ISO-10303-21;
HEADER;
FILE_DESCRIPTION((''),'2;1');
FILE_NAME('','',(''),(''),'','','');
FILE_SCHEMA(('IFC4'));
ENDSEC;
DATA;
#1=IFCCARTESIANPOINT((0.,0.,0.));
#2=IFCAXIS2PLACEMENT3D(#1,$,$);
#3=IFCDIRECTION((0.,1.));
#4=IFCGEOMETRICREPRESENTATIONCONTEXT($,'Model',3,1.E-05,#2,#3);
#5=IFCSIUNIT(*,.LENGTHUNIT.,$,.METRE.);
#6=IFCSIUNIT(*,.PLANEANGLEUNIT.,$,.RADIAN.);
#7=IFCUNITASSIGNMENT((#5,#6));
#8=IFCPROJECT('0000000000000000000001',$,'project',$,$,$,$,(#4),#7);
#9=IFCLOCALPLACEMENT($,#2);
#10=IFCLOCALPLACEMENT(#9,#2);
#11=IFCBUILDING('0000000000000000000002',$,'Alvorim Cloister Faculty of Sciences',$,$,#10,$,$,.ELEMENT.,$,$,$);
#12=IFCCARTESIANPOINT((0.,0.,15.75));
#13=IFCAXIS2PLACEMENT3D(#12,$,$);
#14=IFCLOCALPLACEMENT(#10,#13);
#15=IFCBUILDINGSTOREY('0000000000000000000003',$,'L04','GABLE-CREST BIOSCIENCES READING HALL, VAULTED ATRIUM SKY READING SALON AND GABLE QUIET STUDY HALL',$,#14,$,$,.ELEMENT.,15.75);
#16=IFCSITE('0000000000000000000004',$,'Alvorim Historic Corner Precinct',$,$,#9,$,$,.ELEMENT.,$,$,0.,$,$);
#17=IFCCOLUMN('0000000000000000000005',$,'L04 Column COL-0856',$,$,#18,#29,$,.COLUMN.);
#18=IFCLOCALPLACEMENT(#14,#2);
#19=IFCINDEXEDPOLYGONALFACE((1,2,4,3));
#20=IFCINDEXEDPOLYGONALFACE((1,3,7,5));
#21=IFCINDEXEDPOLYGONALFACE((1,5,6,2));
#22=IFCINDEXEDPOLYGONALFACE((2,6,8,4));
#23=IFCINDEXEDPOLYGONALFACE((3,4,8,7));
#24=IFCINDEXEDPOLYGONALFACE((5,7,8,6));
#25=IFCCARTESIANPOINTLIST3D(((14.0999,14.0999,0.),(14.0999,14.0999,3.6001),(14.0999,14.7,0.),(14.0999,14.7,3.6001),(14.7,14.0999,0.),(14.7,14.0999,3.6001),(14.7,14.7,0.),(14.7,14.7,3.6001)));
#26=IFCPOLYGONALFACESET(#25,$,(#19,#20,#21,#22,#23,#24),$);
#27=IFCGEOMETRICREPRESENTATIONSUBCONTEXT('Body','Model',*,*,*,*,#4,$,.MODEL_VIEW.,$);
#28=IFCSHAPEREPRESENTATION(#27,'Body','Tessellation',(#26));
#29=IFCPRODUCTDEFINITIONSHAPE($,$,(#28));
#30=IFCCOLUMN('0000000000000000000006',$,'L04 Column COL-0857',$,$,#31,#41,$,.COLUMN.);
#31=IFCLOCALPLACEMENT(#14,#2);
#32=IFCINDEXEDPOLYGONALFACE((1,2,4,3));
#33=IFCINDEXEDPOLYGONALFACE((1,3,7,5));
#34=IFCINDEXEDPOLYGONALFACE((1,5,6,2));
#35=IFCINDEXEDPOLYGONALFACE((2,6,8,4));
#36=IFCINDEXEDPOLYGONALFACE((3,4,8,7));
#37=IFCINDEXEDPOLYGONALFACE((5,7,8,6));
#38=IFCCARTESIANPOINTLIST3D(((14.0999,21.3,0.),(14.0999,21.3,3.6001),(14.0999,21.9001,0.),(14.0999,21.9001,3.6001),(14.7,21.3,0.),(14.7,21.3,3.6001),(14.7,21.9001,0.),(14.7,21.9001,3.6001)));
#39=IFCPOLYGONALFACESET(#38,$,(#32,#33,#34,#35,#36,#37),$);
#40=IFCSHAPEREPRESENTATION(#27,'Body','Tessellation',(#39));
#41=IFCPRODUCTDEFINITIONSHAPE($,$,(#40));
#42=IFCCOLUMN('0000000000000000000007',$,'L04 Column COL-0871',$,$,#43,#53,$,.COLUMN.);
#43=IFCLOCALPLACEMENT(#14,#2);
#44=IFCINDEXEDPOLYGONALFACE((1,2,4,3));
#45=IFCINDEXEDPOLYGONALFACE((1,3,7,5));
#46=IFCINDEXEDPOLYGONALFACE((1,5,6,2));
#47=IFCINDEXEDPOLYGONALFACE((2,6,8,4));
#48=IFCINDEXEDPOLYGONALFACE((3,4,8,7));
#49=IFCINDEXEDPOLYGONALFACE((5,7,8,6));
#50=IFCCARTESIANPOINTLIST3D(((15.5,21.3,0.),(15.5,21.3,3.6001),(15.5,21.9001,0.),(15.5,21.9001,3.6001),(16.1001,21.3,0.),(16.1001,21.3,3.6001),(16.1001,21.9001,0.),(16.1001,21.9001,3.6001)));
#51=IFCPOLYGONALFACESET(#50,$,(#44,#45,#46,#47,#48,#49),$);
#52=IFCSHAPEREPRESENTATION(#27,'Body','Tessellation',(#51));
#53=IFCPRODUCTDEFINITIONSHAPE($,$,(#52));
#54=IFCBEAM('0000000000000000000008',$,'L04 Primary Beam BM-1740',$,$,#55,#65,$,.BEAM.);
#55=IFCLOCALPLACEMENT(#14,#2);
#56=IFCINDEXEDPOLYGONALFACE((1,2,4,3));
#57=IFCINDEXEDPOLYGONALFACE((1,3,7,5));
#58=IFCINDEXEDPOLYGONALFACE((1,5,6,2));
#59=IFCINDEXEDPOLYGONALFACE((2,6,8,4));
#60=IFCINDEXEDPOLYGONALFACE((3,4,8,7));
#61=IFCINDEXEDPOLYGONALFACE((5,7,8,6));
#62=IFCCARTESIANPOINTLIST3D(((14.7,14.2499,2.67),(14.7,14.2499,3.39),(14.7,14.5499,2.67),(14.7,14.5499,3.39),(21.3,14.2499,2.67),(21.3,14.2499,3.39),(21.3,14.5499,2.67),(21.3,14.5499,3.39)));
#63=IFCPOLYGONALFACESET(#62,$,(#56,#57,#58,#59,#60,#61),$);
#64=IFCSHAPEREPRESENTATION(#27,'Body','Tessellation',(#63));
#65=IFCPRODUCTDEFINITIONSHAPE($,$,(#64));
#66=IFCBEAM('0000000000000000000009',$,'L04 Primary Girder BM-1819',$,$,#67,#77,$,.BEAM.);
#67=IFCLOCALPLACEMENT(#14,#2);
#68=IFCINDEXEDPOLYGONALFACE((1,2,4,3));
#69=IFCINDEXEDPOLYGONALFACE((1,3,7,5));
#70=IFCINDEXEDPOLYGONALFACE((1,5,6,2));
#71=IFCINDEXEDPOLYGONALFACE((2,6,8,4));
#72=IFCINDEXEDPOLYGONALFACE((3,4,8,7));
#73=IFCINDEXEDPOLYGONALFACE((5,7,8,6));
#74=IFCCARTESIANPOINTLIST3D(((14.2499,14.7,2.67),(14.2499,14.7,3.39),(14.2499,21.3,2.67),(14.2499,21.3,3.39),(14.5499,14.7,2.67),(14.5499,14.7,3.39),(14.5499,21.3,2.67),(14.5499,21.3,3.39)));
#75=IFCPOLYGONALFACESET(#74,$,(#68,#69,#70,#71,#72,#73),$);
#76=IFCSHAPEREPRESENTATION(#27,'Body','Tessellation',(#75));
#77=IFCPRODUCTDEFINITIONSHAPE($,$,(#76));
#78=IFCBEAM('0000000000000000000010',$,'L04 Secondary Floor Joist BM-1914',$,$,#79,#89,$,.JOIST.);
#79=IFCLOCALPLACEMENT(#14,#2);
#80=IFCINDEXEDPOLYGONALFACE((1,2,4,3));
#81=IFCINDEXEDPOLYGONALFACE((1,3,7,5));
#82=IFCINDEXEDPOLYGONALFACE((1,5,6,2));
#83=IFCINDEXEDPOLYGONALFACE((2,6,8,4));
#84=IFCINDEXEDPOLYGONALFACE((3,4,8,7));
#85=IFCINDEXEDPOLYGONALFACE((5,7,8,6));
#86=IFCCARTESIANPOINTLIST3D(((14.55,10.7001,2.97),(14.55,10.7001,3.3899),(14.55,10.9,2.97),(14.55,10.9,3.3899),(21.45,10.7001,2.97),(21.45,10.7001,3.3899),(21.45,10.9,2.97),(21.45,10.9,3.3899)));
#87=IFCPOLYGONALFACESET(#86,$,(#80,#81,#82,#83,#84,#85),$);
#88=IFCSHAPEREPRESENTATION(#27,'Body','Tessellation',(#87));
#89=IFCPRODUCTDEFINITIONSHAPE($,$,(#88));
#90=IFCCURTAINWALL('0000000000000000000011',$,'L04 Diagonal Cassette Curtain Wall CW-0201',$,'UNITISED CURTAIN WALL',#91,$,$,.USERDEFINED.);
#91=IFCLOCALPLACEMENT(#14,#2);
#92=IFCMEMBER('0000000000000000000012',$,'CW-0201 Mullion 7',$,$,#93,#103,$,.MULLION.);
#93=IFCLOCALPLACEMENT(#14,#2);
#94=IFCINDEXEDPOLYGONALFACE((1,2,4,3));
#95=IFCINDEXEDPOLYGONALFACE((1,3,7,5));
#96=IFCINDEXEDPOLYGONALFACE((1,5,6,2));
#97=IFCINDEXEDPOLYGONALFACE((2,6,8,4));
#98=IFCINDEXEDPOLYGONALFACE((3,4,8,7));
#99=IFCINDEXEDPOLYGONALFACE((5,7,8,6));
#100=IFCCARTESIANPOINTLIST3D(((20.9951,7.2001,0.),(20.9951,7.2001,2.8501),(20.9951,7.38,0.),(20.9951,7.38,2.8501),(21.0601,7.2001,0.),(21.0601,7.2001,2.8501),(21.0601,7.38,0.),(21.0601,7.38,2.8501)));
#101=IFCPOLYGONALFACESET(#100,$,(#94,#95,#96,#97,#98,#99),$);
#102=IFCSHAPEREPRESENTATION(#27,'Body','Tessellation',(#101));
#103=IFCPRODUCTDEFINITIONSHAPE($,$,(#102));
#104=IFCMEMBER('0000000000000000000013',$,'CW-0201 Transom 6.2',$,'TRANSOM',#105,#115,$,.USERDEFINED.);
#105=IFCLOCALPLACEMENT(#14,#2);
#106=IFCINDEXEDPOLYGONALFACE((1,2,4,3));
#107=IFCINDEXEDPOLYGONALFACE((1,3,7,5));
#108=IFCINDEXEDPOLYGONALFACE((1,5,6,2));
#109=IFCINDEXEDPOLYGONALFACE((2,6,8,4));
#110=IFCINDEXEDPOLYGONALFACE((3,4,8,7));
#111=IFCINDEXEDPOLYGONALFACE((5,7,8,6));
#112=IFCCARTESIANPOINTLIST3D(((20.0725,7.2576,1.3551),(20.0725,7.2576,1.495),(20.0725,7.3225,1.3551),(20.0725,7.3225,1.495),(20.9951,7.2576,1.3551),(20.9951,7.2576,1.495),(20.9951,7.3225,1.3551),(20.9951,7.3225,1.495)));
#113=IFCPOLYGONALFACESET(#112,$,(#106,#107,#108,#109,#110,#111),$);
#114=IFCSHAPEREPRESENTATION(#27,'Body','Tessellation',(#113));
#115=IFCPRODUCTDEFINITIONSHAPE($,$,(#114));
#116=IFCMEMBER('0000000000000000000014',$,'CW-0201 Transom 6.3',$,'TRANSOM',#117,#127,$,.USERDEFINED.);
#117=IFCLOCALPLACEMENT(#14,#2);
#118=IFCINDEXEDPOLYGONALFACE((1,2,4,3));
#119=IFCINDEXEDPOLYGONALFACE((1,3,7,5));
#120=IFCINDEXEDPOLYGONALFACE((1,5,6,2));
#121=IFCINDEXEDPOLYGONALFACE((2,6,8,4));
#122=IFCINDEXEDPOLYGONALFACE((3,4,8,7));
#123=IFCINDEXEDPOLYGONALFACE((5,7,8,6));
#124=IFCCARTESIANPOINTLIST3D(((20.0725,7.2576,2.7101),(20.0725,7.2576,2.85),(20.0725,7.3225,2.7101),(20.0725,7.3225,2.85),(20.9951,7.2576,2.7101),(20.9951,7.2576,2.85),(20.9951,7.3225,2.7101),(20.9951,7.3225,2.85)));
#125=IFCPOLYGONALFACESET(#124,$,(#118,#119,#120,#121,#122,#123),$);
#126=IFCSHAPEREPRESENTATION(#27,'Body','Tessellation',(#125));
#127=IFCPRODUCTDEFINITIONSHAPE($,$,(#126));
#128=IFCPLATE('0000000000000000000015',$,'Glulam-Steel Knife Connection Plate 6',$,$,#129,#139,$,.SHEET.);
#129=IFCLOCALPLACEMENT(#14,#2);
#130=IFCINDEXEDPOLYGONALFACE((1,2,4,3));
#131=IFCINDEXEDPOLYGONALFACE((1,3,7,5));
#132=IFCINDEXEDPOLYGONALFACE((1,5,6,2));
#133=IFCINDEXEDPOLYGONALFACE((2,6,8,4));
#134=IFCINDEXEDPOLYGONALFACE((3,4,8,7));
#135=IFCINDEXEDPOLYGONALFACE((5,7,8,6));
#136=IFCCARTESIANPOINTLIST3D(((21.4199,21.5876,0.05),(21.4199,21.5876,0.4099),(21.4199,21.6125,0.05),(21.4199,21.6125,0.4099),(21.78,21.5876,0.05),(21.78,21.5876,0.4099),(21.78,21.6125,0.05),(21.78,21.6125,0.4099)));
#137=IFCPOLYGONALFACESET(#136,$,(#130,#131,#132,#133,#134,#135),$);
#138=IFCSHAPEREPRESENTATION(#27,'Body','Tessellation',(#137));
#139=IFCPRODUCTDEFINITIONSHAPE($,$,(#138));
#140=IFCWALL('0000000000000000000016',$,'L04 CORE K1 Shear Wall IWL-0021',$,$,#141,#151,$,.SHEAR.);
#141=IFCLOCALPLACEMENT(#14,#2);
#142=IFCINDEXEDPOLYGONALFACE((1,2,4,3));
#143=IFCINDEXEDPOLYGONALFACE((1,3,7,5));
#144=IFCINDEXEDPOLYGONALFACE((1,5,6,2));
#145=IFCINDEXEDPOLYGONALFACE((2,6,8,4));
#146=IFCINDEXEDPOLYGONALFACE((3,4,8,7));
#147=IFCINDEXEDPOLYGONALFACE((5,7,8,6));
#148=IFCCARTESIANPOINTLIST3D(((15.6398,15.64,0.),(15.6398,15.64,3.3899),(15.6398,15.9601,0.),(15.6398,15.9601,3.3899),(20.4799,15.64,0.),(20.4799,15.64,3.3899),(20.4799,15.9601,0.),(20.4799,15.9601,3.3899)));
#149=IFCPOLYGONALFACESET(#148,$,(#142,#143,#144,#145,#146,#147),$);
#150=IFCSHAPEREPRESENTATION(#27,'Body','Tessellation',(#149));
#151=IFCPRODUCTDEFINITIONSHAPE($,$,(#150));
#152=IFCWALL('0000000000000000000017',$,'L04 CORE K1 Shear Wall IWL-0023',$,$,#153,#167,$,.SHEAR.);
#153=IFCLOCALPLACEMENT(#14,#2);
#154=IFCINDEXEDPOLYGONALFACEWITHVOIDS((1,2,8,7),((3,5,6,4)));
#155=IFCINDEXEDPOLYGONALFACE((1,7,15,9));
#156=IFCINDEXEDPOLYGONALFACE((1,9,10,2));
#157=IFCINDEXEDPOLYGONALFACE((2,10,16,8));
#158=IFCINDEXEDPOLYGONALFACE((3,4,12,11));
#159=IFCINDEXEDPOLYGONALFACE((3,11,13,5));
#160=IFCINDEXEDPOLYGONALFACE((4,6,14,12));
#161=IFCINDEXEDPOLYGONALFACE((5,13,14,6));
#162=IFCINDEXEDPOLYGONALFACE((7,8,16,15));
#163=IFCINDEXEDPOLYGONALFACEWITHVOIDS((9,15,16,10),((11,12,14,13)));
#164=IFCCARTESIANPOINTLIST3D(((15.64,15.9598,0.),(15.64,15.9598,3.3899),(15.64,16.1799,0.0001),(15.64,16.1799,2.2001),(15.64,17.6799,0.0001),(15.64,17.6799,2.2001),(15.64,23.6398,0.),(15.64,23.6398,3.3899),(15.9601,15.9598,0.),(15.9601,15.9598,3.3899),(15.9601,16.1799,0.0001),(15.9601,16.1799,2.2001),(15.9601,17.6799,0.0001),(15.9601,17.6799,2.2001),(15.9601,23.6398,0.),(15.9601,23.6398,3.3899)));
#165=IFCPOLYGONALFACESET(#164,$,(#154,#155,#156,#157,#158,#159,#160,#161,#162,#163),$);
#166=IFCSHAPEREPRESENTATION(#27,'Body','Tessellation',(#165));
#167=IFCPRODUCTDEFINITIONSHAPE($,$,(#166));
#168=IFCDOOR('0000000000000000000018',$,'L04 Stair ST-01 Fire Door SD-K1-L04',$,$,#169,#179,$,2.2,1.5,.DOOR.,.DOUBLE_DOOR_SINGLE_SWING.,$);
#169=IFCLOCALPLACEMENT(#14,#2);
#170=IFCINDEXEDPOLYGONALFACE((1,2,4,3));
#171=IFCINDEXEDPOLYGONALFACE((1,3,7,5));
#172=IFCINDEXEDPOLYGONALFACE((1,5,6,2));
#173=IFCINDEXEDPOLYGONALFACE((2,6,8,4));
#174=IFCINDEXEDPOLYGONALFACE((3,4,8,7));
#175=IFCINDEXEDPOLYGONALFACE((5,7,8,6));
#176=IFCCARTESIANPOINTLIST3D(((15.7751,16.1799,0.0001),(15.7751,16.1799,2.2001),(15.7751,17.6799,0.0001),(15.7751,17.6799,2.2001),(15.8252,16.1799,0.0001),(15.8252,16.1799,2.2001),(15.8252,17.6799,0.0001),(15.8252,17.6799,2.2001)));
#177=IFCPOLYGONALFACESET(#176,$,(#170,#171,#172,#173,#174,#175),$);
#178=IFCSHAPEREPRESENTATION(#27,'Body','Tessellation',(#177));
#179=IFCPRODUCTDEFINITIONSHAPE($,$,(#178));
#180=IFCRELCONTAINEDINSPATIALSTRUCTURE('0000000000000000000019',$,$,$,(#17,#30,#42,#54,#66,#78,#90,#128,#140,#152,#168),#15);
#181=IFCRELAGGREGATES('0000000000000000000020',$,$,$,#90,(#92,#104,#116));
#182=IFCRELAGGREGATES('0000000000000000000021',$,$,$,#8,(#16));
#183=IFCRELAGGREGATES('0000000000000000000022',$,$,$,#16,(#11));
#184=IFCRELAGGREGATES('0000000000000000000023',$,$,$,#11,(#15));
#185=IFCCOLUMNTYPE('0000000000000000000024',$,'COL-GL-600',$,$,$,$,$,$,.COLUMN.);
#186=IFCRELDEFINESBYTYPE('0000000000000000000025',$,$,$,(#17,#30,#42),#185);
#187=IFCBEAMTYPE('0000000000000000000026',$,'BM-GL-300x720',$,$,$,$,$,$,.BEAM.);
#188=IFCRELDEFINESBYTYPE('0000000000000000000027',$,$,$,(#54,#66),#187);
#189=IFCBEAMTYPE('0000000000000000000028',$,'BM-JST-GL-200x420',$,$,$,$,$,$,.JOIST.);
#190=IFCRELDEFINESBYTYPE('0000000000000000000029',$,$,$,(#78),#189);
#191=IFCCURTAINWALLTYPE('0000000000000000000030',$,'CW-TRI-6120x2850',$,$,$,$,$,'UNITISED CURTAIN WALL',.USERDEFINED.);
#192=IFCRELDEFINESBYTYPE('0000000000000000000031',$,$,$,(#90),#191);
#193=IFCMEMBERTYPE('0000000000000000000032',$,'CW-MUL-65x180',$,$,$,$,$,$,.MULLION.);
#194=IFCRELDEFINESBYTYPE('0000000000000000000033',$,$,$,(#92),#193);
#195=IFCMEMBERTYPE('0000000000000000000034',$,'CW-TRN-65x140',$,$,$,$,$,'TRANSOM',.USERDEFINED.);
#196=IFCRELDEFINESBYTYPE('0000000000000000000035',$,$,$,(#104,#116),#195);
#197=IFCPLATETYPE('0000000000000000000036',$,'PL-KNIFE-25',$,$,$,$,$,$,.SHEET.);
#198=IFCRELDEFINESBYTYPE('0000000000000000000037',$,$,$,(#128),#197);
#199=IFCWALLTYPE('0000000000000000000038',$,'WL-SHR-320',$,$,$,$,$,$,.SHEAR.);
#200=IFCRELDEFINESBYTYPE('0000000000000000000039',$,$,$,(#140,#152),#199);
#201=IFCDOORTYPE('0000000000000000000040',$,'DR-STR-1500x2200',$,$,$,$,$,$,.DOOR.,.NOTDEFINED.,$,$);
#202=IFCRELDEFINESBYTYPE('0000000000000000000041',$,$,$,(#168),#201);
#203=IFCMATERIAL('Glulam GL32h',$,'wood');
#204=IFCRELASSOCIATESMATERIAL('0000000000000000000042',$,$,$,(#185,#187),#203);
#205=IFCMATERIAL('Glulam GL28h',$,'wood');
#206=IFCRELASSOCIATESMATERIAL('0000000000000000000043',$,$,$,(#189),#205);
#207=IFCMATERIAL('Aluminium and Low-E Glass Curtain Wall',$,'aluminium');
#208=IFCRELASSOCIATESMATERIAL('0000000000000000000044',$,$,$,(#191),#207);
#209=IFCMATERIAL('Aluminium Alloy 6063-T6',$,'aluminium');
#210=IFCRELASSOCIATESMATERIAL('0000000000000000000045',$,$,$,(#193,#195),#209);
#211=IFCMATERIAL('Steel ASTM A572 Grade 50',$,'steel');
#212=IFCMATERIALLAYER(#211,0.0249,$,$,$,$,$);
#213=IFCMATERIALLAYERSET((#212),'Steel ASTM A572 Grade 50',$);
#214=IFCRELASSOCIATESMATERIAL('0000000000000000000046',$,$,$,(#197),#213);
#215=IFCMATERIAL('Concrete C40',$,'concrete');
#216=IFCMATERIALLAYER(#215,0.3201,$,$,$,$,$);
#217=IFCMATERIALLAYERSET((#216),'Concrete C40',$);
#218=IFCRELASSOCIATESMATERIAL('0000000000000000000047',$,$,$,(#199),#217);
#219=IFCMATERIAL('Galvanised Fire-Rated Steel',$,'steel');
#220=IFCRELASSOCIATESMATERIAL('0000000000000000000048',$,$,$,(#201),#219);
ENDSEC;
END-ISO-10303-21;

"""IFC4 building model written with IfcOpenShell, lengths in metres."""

from ifc_helpers import new_model, si_unit, direction, frame, frame_2d, origin, origin_2d, place, context, subcontext, project, spatial, polyline, rectangle, outline, extrude, material, layer, layer_set, material_profile, profile_set, type_object, element, fill, aggregate, save


model = new_model("IFC4")

# Units and contexts
model_context = context("Model", 3, precision=1e-05, world=origin(), true_north=direction((0.0, 1.0)))
body_context = subcontext(model_context, "Body", "Model", "MODEL_VIEW")
ifc_project = project(units=[si_unit("LENGTHUNIT", "METRE"), si_unit("PLANEANGLEUNIT", "RADIAN")], contexts=[model_context])

# Site, building, storey
site_placement = place(None, origin())
site = spatial("IfcSite", under=ifc_project, at=site_placement, Name="Alvorim Historic Corner Precinct", CompositionType="ELEMENT", RefElevation=0.0)
building_placement = place(site_placement, origin())
building = spatial("IfcBuilding", under=site, at=building_placement, Name="Alvorim Cloister Faculty of Sciences", CompositionType="ELEMENT")
storey_placement = place(building_placement, frame((0.0, 0.0, 15.75)))
storey = spatial("IfcBuildingStorey", under=building, at=storey_placement, Name="L04", Description="GABLE-CREST BIOSCIENCES READING HALL, VAULTED ATRIUM SKY READING SALON AND GABLE QUIET STUDY HALL", CompositionType="ELEMENT", Elevation=15.75)

# Columns
ifc_material_1 = material(Name="Glulam GL32h", Category="wood")
ifc_material_profile_1 = material_profile(ifc_material_1, rectangle(XDim=0.6001, YDim=0.6001, at=origin_2d()), Name="GL32-COL-600x600")
ifc_profile_set_1 = profile_set([ifc_material_profile_1], Name="Glulam GL32h")
column_type = type_object("IfcColumnType", Name="COL-GL-600", PredefinedType="COLUMN", material=ifc_profile_set_1)
for number, where, z_axis, x_axis, name in (
    (1, (14.3999, 14.3999, 0.0), (0.0, 0.0, 1.0), (1.0, 0.0, 0.0), "L04 Column COL-0856"),
    (2, (14.3999, 21.6001, 0.0), (0.0, 0.0, 1.0), (1.0, 0.0, 0.0), "L04 Column COL-0857"),
    (3, (15.8, 21.6001, 0.0), (0.0, 0.0, 1.0), (1.0, 0.0, 0.0), "L04 Column COL-0871"),
):
    element("IfcColumn", number, at=place(storey_placement, frame(where, z_axis=z_axis, x_axis=x_axis)), inside=storey, type_object=column_type, Name=name, PredefinedType="COLUMN", context=body_context, shape_type="SweptSolid", body=[
        extrude(rectangle(XDim=0.6001, YDim=0.6001, at=origin_2d()), origin(), (0.0, 0.0, 1.0), 3.6001),
    ])

# Beams
ifc_material_profile_2 = material_profile(ifc_material_1, rectangle(XDim=0.3, YDim=0.72, at=origin_2d()), Name="GL32-BM-300x720")
ifc_profile_set_2 = profile_set([ifc_material_profile_2], Name="Glulam GL32h")
beam_type_1 = type_object("IfcBeamType", Name="BM-GL-300x720", PredefinedType="BEAM", material=ifc_profile_set_2)
for number, where, z_axis, x_axis, name in (
    (4, (14.7, 14.3999, 3.03), (1.0, 0.0, 0.0), (0.0, 1.0, 0.0), "L04 Primary Beam BM-1740"),
    (5, (14.3999, 14.7, 3.03), (0.0, 1.0, 0.0), (-1.0, 0.0, 0.0), "L04 Primary Girder BM-1819"),
):
    element("IfcBeam", number, at=place(storey_placement, frame(where, z_axis=z_axis, x_axis=x_axis)), inside=storey, type_object=beam_type_1, Name=name, PredefinedType="BEAM", context=body_context, shape_type="SweptSolid", body=[
        extrude(rectangle(XDim=0.3, YDim=0.72, at=origin_2d()), origin(), (0.0, 0.0, 1.0), 6.6001),
    ])
ifc_material_2 = material(Name="Glulam GL28h", Category="wood")
ifc_material_profile_3 = material_profile(ifc_material_2, rectangle(XDim=0.2, YDim=0.4199, at=origin_2d()), Name="GL28-JST-200x420")
ifc_profile_set_3 = profile_set([ifc_material_profile_3], Name="Glulam GL28h")
beam_type_2 = type_object("IfcBeamType", Name="BM-JST-GL-200x420", PredefinedType="JOIST", material=ifc_profile_set_3)
beam_placement = place(storey_placement, frame((14.55, 10.8, 3.1799), z_axis=(1.0, 0.0, 0.0), x_axis=(0.0, 1.0, 0.0)))
element("IfcBeam", 6, at=beam_placement, inside=storey, type_object=beam_type_2, Name="L04 Secondary Floor Joist BM-1914", PredefinedType="JOIST", context=body_context, shape_type="SweptSolid", body=[
    extrude(rectangle(XDim=0.2, YDim=0.4199, at=origin_2d()), origin(), (0.0, 0.0, 1.0), 6.8999),
])

# Curtain wall, members
ifc_material_3 = material(Name="Aluminium and Low-E Glass Curtain Wall", Category="aluminium")
curtain_wall_type = type_object("IfcCurtainWallType", Name="CW-TRI-6120x2850", ElementType="UNITISED CURTAIN WALL", PredefinedType="USERDEFINED", material=ifc_material_3)
curtain_wall_placement = place(storey_placement, origin())
curtain_wall = element("IfcCurtainWall", 7, at=curtain_wall_placement, inside=storey, type_object=curtain_wall_type, Name="L04 Diagonal Cassette Curtain Wall CW-0201", ObjectType="UNITISED CURTAIN WALL", PredefinedType="USERDEFINED")
ifc_material_4 = material(Name="Aluminium Alloy 6063-T6", Category="aluminium")
ifc_material_profile_4 = material_profile(ifc_material_4, rectangle(XDim=0.0649, YDim=0.1799, at=origin_2d()), Name="ALU-MUL-65x180")
ifc_profile_set_4 = profile_set([ifc_material_profile_4], Name="Aluminium Alloy 6063-T6")
member_type_1 = type_object("IfcMemberType", Name="CW-MUL-65x180", PredefinedType="MULLION", material=ifc_profile_set_4)
member_1_placement = place(storey_placement, frame((21.0276, 7.29, 0.0), z_axis=(0.0, 0.0, 1.0), x_axis=(1.0, 0.0, 0.0)))
member_1 = element("IfcMember", 8, at=member_1_placement, type_object=member_type_1, Name="CW-0201 Mullion 7", PredefinedType="MULLION", context=body_context, shape_type="SweptSolid", body=[
    extrude(rectangle(XDim=0.0649, YDim=0.1799, at=origin_2d()), origin(), (0.0, 0.0, 1.0), 2.8501),
])
ifc_material_profile_5 = material_profile(ifc_material_4, rectangle(XDim=0.0649, YDim=0.1399, at=origin_2d()), Name="ALU-TRN-65x140")
ifc_profile_set_5 = profile_set([ifc_material_profile_5], Name="Aluminium Alloy 6063-T6")
member_type_2 = type_object("IfcMemberType", Name="CW-TRN-65x140", ElementType="TRANSOM", PredefinedType="USERDEFINED", material=ifc_profile_set_5)
member_2_placement = place(storey_placement, frame((20.0725, 7.29, 1.425), z_axis=(1.0, 0.0, 0.0), x_axis=(0.0, 1.0, 0.0)))
member_2 = element("IfcMember", 9, at=member_2_placement, type_object=member_type_2, Name="CW-0201 Transom 6.2", ObjectType="TRANSOM", PredefinedType="USERDEFINED", context=body_context, shape_type="SweptSolid", body=[
    extrude(rectangle(XDim=0.0649, YDim=0.1399, at=origin_2d()), origin(), (0.0, 0.0, 1.0), 0.9226),
])
member_3_placement = place(storey_placement, frame((20.0725, 7.29, 2.78), z_axis=(1.0, 0.0, 0.0), x_axis=(0.0, 1.0, 0.0)))
member_3 = element("IfcMember", 10, at=member_3_placement, type_object=member_type_2, Name="CW-0201 Transom 6.3", ObjectType="TRANSOM", PredefinedType="USERDEFINED", context=body_context, shape_type="SweptSolid", body=[
    extrude(rectangle(XDim=0.0649, YDim=0.1399, at=origin_2d()), origin(), (0.0, 0.0, 1.0), 0.9226),
])
aggregate(curtain_wall, [member_1, member_2, member_3])

# Plate
ifc_material_5 = material(Name="Steel ASTM A572 Grade 50", Category="steel")
ifc_layer_1 = layer(ifc_material_5, 0.0249)
ifc_layer_set_1 = layer_set([ifc_layer_1], Name="Steel ASTM A572 Grade 50")
plate_type = type_object("IfcPlateType", Name="PL-KNIFE-25", PredefinedType="SHEET", material=ifc_layer_set_1)
plate_placement = place(storey_placement, frame((21.4199, 21.6001, 0.05), z_axis=(0.0, 0.0, 1.0), x_axis=(1.0, 0.0, 0.0)))
element("IfcPlate", 11, at=plate_placement, inside=storey, type_object=plate_type, Name="Glulam-Steel Knife Connection Plate 6", PredefinedType="SHEET", context=body_context, shape_type="SweptSolid", body=[
    extrude(outline(polyline([(0.0, 0.0), (0.3601, 0.0), (0.3601, 0.3599), (0.0, 0.3599), (0.0, 0.0)])), frame((0.0, 0.0125, 0.0), z_axis=(0.0, -1.0, 0.0), x_axis=(1.0, 0.0, 0.0)), (0.0, 0.0, 1.0), 0.0249),
])

# Wall
ifc_material_6 = material(Name="Concrete C40", Category="concrete")
ifc_layer_2 = layer(ifc_material_6, 0.3201)
ifc_layer_set_2 = layer_set([ifc_layer_2], Name="Concrete C40")
wall_type = type_object("IfcWallType", Name="WL-SHR-320", PredefinedType="SHEAR", material=ifc_layer_set_2)
wall_1_placement = place(storey_placement, frame((15.6399, 15.8, 0.0), z_axis=(0.0, 0.0, 1.0), x_axis=(1.0, 0.0, 0.0)))
element("IfcWall", 12, at=wall_1_placement, inside=storey, type_object=wall_type, Name="L04 CORE K1 Shear Wall IWL-0021", PredefinedType="SHEAR", context=body_context, shape_type="SweptSolid", body=[
    extrude(rectangle(XDim=4.8401, YDim=0.3201, at=frame_2d((2.4199, 0.0))), origin(), (0.0, 0.0, 1.0), 3.3899),
])

# Wall, opening, door
wall_2_placement = place(storey_placement, frame((15.8, 15.96, 0.0), z_axis=(0.0, 0.0, 1.0), x_axis=(0.0, 1.0, 0.0)))
wall_2 = element("IfcWall", 13, at=wall_2_placement, inside=storey, type_object=wall_type, Name="L04 CORE K1 Shear Wall IWL-0023", PredefinedType="SHEAR", context=body_context, shape_type="SweptSolid", body=[
    extrude(rectangle(XDim=7.6799, YDim=0.3201, at=frame_2d((3.8398, 0.0))), origin(), (0.0, 0.0, 1.0), 3.3899),
])
opening_placement = place(wall_2_placement, frame((0.22, 0.0, 0.0)))
opening = element("IfcOpeningElement", 14, at=opening_placement, cuts=wall_2, PredefinedType="OPENING", context=body_context, shape_type="SweptSolid", body=[
    extrude(rectangle(XDim=1.5, YDim=2.2, at=frame_2d((0.75, 1.1001))), frame((0.0, 0.1719, 0.0), z_axis=(0.0, -1.0, 0.0), x_axis=(1.0, 0.0, 0.0)), (0.0, 0.0, 1.0), 0.344),
])
ifc_material_7 = material(Name="Galvanised Fire-Rated Steel", Category="steel")
door_type = type_object("IfcDoorType", Name="DR-STR-1500x2200", OperationType="NOTDEFINED", PredefinedType="DOOR", material=ifc_material_7)
door_placement = place(opening_placement, origin())
door = element("IfcDoor", 15, at=door_placement, inside=storey, type_object=door_type, Name="L04 Stair ST-01 Fire Door SD-K1-L04", OperationType="DOUBLE_DOOR_SINGLE_SWING", OverallHeight=2.2, OverallWidth=1.5, PredefinedType="DOOR", context=body_context, shape_type="SweptSolid", body=[
    extrude(rectangle(XDim=1.5, YDim=2.2, at=frame_2d((0.75, 1.1001))), frame((0.0, 0.0249, 0.0), z_axis=(0.0, -1.0, 0.0), x_axis=(1.0, 0.0, 0.0)), (0.0, 0.0, 1.0), 0.05),
])
fill(opening, door)

save(model, "model.ifc")
